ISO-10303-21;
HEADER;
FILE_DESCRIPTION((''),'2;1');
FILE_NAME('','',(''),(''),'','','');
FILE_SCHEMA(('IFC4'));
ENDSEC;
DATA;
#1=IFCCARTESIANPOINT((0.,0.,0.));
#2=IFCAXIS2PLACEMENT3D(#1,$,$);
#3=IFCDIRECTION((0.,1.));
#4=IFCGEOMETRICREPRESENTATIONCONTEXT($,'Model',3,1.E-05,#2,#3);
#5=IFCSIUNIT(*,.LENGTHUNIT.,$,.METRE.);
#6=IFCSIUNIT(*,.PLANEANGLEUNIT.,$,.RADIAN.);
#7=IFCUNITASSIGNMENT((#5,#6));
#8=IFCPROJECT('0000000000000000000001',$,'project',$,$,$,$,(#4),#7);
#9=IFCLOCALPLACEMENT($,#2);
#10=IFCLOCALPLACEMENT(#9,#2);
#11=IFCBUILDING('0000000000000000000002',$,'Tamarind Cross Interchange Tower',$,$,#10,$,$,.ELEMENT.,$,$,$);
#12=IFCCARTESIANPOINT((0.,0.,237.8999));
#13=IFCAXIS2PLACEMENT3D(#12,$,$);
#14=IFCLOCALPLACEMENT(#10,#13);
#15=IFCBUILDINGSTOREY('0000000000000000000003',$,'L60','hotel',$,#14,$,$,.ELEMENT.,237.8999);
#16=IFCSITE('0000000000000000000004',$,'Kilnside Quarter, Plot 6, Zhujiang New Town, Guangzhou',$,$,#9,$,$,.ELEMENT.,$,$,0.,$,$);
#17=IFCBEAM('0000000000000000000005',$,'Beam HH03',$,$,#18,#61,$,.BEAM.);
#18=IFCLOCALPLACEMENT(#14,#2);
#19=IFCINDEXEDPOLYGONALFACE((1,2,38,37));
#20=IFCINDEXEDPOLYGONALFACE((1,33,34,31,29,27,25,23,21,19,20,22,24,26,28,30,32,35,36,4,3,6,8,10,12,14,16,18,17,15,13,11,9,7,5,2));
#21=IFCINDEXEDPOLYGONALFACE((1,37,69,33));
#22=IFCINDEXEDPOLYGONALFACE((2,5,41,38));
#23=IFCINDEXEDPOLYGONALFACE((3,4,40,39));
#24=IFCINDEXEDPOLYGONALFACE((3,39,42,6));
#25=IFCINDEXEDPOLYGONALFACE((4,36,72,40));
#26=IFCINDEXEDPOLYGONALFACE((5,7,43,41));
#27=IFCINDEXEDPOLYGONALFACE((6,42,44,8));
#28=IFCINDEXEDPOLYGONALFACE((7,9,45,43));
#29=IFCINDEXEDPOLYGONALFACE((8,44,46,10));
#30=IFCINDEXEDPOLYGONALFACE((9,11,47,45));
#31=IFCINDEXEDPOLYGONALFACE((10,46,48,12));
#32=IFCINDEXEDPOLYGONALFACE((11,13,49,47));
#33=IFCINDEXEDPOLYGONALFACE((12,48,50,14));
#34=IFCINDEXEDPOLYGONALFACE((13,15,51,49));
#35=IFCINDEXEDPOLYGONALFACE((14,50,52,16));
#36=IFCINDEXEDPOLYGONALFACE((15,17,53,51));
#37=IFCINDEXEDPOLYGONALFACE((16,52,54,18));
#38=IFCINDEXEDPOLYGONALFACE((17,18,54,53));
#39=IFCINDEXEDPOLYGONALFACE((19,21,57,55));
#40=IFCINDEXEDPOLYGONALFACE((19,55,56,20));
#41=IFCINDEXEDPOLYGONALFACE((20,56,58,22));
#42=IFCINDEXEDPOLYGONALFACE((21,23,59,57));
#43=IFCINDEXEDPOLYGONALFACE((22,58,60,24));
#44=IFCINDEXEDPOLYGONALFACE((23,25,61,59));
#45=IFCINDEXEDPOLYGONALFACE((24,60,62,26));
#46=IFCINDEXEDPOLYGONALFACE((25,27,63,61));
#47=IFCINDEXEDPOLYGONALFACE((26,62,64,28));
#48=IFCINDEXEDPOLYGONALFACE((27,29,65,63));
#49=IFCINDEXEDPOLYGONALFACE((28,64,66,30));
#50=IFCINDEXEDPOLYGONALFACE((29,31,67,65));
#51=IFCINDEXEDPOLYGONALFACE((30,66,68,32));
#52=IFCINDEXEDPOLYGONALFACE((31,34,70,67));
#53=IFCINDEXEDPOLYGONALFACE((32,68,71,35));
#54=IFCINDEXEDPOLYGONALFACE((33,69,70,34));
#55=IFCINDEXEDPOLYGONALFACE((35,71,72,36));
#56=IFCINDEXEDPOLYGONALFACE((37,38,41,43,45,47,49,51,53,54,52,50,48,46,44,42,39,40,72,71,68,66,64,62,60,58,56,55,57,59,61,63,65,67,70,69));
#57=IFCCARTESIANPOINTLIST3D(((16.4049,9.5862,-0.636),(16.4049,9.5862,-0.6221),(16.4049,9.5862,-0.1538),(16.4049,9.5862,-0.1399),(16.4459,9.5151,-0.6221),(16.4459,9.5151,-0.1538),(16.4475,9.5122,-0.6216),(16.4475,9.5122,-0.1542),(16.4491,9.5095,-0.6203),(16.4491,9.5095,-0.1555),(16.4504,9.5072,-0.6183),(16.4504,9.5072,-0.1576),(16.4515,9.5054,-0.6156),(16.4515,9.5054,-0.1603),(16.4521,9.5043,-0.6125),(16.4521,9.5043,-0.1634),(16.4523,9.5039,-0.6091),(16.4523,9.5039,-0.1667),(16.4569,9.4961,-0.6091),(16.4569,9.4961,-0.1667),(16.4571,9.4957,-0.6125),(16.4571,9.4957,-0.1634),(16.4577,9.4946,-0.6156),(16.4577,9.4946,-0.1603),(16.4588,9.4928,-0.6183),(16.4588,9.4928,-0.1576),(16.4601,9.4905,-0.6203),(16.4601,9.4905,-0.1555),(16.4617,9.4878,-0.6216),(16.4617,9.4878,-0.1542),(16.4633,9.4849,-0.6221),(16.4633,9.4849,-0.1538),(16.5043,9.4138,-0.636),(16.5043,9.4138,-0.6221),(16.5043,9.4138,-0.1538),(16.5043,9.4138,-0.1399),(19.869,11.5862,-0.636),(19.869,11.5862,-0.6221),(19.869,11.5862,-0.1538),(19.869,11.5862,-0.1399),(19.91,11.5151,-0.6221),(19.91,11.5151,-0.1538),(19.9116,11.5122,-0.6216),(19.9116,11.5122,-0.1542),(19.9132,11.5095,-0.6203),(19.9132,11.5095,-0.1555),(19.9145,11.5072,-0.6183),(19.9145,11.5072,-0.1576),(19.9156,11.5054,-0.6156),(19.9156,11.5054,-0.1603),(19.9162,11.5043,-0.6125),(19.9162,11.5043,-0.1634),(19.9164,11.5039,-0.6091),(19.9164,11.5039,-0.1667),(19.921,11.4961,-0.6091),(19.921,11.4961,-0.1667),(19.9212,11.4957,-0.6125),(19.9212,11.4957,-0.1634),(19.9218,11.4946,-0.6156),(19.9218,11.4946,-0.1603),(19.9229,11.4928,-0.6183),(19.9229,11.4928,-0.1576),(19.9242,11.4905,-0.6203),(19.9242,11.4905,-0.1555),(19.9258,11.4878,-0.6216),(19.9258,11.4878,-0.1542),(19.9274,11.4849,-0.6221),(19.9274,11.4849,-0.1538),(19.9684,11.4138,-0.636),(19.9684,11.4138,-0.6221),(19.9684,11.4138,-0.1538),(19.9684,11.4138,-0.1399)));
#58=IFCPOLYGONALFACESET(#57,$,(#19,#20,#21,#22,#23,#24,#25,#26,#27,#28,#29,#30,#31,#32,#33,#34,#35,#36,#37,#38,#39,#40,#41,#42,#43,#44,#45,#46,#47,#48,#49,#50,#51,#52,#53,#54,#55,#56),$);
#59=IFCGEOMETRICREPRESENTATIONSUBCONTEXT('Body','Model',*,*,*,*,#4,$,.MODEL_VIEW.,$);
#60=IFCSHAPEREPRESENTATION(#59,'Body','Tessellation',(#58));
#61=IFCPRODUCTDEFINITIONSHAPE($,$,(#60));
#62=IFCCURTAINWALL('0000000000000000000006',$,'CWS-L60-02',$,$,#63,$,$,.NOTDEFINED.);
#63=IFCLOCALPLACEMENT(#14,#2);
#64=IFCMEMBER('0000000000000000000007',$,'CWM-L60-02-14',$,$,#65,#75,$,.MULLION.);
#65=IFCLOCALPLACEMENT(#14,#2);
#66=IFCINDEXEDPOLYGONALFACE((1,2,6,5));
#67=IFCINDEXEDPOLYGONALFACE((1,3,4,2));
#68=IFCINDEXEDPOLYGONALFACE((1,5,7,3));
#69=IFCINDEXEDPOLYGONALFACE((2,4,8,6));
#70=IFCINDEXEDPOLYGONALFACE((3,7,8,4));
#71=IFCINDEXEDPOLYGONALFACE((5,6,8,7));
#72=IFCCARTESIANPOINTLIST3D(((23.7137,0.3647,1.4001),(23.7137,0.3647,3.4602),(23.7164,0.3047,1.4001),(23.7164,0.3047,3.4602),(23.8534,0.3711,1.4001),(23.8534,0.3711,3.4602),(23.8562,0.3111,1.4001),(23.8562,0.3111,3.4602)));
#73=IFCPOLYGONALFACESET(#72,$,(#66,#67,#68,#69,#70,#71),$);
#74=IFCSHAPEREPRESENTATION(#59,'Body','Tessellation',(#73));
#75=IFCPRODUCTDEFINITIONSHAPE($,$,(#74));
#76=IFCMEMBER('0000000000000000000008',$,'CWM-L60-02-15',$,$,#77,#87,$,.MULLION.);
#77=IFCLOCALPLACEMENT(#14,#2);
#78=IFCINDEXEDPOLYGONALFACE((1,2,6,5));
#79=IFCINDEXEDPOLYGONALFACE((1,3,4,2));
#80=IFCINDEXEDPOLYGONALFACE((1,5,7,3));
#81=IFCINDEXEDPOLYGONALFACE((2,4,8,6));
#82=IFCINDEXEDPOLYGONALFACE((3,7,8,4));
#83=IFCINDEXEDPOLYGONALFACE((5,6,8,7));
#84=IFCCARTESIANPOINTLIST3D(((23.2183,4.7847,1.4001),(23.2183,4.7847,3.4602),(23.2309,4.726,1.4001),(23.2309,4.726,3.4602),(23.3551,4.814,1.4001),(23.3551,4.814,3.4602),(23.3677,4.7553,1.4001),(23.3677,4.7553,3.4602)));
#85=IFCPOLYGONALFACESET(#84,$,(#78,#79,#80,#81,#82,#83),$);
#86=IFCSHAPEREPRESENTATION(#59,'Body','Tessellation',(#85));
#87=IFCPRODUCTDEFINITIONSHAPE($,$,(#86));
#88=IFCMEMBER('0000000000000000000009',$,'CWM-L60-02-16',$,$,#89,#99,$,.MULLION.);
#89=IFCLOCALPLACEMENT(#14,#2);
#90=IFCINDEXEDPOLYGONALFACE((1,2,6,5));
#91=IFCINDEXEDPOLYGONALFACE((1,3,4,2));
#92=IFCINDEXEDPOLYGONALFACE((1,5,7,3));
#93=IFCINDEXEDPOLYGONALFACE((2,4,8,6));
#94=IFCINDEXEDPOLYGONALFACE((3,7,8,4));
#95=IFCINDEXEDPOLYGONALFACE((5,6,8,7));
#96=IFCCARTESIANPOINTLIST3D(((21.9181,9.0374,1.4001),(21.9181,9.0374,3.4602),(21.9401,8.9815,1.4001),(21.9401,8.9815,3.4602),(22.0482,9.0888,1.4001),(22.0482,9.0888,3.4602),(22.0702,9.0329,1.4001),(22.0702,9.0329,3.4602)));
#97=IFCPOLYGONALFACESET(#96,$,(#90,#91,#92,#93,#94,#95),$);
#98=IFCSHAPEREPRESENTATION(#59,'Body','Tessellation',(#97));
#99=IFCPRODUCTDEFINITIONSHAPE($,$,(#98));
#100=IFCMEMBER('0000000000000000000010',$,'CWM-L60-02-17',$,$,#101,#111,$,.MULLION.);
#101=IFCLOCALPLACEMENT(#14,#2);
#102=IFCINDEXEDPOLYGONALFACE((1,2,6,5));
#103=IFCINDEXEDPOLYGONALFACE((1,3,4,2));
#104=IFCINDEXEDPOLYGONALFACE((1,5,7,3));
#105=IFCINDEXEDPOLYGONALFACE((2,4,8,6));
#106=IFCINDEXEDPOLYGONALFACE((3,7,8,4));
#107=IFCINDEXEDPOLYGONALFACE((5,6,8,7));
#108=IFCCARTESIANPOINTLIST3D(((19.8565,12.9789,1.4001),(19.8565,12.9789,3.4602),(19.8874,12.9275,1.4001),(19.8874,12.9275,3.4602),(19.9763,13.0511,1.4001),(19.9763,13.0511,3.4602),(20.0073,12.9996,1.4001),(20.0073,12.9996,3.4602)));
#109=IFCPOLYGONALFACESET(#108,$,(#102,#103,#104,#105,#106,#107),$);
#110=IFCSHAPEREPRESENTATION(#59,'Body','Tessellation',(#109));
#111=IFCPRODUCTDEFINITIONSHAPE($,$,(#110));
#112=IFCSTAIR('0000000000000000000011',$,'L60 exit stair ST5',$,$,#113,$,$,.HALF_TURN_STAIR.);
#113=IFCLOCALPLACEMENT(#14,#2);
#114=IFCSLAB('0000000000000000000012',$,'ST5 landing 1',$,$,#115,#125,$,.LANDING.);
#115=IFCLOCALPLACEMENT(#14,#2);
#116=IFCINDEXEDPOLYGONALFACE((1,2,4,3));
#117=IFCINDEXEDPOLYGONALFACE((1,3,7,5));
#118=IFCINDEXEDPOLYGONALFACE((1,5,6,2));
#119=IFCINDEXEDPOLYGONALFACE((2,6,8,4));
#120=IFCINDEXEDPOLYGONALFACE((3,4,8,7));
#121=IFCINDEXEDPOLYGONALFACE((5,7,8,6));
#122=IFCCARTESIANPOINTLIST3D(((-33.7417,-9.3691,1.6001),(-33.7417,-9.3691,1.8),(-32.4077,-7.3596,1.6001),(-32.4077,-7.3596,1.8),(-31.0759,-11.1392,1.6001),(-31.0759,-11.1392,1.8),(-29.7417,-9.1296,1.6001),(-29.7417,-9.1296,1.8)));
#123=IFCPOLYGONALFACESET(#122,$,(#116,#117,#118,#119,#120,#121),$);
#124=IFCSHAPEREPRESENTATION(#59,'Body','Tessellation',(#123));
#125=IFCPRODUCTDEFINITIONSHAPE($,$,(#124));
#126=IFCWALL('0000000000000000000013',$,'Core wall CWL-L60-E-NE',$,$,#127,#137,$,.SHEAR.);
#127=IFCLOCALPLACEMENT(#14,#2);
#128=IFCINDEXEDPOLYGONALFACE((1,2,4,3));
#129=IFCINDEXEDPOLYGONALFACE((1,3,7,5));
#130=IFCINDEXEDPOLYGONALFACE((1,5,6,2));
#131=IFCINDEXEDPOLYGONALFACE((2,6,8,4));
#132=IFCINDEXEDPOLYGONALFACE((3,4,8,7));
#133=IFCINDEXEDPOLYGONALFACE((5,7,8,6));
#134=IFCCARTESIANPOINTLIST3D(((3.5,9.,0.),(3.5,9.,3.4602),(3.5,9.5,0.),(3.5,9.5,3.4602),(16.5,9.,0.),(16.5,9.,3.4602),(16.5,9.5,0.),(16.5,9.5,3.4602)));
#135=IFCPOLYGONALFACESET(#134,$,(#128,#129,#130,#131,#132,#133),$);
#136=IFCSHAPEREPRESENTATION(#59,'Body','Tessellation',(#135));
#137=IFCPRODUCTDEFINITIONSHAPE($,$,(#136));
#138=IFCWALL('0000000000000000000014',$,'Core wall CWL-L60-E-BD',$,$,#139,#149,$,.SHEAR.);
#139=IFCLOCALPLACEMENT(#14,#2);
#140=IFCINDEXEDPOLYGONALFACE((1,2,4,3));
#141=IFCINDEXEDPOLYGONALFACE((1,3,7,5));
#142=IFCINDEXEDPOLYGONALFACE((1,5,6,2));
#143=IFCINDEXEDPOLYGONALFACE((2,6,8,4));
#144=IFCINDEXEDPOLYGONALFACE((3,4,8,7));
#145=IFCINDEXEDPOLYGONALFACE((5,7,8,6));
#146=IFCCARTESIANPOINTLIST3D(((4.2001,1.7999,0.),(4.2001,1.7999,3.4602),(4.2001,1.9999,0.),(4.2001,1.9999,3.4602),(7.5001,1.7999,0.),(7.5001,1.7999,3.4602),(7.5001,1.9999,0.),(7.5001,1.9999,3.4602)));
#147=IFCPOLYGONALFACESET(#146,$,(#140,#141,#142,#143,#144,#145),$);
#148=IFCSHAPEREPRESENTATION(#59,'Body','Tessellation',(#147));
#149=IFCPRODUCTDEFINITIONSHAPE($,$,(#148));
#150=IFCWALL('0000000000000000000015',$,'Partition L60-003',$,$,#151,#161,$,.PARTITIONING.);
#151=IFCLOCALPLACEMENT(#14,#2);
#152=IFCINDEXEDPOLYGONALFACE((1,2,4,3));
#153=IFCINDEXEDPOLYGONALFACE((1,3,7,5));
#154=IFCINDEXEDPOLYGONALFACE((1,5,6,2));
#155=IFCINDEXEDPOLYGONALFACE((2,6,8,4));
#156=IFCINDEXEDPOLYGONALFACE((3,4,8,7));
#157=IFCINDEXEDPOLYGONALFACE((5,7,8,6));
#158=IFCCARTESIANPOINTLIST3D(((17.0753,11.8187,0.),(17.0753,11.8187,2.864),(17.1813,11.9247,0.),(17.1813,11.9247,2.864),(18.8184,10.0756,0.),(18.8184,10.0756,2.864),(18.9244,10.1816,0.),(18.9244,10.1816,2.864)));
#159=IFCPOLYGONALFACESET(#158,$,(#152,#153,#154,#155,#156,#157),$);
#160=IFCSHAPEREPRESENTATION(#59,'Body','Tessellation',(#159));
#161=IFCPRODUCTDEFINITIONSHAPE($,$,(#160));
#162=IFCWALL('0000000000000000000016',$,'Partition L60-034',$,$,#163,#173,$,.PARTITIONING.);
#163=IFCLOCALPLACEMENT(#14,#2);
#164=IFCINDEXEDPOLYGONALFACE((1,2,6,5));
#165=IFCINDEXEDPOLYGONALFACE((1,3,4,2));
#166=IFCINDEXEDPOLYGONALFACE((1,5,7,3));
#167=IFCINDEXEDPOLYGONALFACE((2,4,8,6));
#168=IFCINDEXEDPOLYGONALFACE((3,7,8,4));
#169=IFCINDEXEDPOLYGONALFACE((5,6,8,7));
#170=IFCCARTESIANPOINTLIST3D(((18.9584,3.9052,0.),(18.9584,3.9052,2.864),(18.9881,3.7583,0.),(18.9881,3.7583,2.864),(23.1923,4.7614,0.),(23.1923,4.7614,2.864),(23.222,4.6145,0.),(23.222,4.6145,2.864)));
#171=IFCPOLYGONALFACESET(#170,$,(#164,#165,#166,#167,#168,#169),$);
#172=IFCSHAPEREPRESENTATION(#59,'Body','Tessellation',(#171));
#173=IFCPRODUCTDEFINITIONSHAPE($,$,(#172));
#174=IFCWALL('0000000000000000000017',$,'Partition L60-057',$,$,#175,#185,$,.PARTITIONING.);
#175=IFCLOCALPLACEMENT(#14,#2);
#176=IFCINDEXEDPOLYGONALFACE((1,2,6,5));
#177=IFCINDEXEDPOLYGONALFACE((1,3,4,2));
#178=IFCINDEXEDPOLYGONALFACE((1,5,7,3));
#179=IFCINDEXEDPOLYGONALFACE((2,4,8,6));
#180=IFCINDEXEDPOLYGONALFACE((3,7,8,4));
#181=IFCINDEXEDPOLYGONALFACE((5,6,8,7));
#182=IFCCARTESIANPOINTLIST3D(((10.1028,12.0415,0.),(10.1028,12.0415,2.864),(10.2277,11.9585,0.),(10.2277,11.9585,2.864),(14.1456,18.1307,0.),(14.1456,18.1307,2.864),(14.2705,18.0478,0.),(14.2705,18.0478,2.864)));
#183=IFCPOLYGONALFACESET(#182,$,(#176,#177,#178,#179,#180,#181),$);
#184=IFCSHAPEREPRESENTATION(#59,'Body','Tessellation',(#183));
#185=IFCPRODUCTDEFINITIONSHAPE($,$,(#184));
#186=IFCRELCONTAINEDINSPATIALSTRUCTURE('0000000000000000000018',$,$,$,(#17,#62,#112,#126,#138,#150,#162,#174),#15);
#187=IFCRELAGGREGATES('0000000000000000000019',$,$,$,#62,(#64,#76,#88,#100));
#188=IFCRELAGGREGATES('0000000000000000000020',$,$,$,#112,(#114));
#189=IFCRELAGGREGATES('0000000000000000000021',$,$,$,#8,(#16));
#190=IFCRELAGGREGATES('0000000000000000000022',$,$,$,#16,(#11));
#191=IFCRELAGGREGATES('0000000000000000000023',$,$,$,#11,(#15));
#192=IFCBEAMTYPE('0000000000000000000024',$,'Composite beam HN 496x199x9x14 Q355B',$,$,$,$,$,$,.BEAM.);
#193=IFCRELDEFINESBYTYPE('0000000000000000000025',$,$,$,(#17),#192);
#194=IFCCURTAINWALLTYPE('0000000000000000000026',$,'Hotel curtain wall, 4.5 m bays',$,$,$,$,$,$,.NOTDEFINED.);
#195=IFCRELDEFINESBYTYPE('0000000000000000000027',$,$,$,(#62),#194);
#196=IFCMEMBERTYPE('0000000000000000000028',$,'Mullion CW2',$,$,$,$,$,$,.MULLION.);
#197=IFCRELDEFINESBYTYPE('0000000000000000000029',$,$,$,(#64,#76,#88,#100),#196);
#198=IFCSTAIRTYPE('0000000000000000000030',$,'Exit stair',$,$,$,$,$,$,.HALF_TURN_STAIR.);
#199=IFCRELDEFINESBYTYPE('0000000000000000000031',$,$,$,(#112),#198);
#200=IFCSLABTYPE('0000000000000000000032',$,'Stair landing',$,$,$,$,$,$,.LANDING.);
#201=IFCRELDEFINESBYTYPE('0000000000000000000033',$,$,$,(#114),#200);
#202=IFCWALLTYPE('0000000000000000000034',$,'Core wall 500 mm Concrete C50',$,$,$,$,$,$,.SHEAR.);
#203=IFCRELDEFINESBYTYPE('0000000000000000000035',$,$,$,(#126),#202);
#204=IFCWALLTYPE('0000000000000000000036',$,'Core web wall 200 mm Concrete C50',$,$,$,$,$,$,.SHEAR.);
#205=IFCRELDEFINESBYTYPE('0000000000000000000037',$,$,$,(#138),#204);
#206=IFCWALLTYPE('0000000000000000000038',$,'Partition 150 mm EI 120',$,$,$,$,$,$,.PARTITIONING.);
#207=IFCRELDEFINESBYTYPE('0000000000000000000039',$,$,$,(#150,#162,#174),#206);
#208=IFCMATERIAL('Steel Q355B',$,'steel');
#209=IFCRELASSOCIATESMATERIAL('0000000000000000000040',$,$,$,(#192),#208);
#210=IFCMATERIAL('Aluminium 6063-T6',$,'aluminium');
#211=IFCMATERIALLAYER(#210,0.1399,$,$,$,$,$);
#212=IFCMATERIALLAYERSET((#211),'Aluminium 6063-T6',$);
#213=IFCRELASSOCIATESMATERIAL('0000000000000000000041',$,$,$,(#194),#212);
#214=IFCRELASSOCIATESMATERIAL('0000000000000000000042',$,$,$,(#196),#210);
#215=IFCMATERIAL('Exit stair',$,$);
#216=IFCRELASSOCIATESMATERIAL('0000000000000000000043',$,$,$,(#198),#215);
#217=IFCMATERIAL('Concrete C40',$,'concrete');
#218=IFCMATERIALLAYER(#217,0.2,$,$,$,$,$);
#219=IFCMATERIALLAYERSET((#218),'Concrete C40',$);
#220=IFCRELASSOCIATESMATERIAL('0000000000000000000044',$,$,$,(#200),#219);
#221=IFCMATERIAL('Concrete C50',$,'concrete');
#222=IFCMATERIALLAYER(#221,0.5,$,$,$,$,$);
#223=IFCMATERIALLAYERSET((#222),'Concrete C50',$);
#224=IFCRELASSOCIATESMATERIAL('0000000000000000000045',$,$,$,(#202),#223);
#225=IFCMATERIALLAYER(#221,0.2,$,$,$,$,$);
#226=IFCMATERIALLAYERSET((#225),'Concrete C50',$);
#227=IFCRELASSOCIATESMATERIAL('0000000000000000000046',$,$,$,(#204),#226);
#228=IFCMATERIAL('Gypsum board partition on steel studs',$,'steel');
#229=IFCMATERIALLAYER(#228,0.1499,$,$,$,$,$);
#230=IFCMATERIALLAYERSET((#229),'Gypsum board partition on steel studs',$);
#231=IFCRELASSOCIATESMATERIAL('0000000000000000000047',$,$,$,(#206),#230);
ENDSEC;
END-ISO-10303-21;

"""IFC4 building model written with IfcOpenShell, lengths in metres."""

from ifc_helpers import new_model, si_unit, direction, frame, frame_2d, origin, origin_2d, place, context, subcontext, project, spatial, polyline, rectangle, i_section, outline, extrude, material, layer, layer_set, material_profile, profile_set, type_object, element, aggregate, save


model = new_model("IFC4")

# Units and contexts
model_context = context("Model", 3, precision=1e-05, world=origin(), true_north=direction((0.0, 1.0)))
body_context = subcontext(model_context, "Body", "Model", "MODEL_VIEW")
ifc_project = project(units=[si_unit("LENGTHUNIT", "METRE"), si_unit("PLANEANGLEUNIT", "RADIAN")], contexts=[model_context])

# Site, building, storey
site_placement = place(None, origin())
site = spatial("IfcSite", under=ifc_project, at=site_placement, Name="Kilnside Quarter, Plot 6, Zhujiang New Town, Guangzhou", CompositionType="ELEMENT", RefElevation=0.0)
building_placement = place(site_placement, origin())
building = spatial("IfcBuilding", under=site, at=building_placement, Name="Tamarind Cross Interchange Tower", CompositionType="ELEMENT")
storey_placement = place(building_placement, frame((0.0, 0.0, 237.8999)))
storey = spatial("IfcBuildingStorey", under=building, at=storey_placement, Name="L60", Description="hotel", CompositionType="ELEMENT", Elevation=237.8999)

# Shared definitions
ifc_material_1 = material(Name="Concrete C50", Category="concrete")

# Beam
ifc_material_2 = material(Name="Steel Q355B", Category="steel")
ifc_material_profile_1 = material_profile(ifc_material_2, i_section(OverallWidth=0.199, OverallDepth=0.4961, WebThickness=0.009, FlangeThickness=0.0139, FilletRadius=0.0129, at=origin_2d()), Name="HN 496x199x9x14")
ifc_profile_set_1 = profile_set([ifc_material_profile_1], Name="Steel Q355B")
beam_type = type_object("IfcBeamType", Name="Composite beam HN 496x199x9x14 Q355B", PredefinedType="BEAM", material=ifc_profile_set_1)
beam_1_placement = place(storey_placement, frame((19.9187, 11.5, -0.3879), z_axis=(-0.866026, -0.499999, 0.0), x_axis=(0.499999, -0.866026, 0.0)))
element("IfcBeam", 1, at=beam_1_placement, inside=storey, type_object=beam_type, Name="Beam HH03", PredefinedType="BEAM", context=body_context, shape_type="SweptSolid", body=[
    extrude(i_section(OverallWidth=0.199, OverallDepth=0.4961, WebThickness=0.009, FlangeThickness=0.0139, FilletRadius=0.0129, at=origin_2d()), origin(), (0.0, 0.0, 1.0), 4.0),
])

# Curtain wall, members
ifc_material_3 = material(Name="Aluminium 6063-T6", Category="aluminium")
ifc_layer_1 = layer(ifc_material_3, 0.1399)
ifc_layer_set_1 = layer_set([ifc_layer_1], Name="Aluminium 6063-T6")
curtain_wall_type = type_object("IfcCurtainWallType", Name="Hotel curtain wall, 4.5 m bays", PredefinedType="NOTDEFINED", material=ifc_layer_set_1)
curtain_wall_placement = place(storey_placement, origin())
curtain_wall = element("IfcCurtainWall", 2, at=curtain_wall_placement, inside=storey, type_object=curtain_wall_type, Name="CWS-L60-02", PredefinedType="NOTDEFINED")
ifc_material_profile_2 = material_profile(ifc_material_3, rectangle(XDim=0.0601, YDim=0.1399, at=origin_2d()), Name="Mullion CW2")
ifc_profile_set_2 = profile_set([ifc_material_profile_2], Name="Aluminium 6063-T6")
member_type = type_object("IfcMemberType", Name="Mullion CW2", PredefinedType="MULLION", material=ifc_profile_set_2)
member_1_placement = place(storey_placement, frame((23.7849, 0.3379, 1.4001), z_axis=(0.0, 0.0, 1.0), x_axis=(-0.045624, 0.998959, 0.0)))
member_1 = element("IfcMember", 3, at=member_1_placement, type_object=member_type, Name="CWM-L60-02-14", PredefinedType="MULLION", context=body_context, shape_type="SweptSolid", body=[
    extrude(rectangle(XDim=0.0601, YDim=0.1399, at=origin_2d()), origin(), (0.0, 0.0, 1.0), 2.0601),
])
member_2_placement = place(storey_placement, frame((23.293, 4.77, 1.4001), z_axis=(0.0, 0.0, 1.0), x_axis=(-0.209425, 0.977825, 0.0)))
member_2 = element("IfcMember", 4, at=member_2_placement, type_object=member_type, Name="CWM-L60-02-15", PredefinedType="MULLION", context=body_context, shape_type="SweptSolid", body=[
    extrude(rectangle(XDim=0.0601, YDim=0.1399, at=origin_2d()), origin(), (0.0, 0.0, 1.0), 2.0601),
])
member_3_placement = place(storey_placement, frame((21.9941, 9.0352, 1.4001), z_axis=(0.0, 0.0, 1.0), x_axis=(-0.367514, 0.930018, 0.0)))
member_3 = element("IfcMember", 5, at=member_3_placement, type_object=member_type, Name="CWM-L60-02-16", PredefinedType="MULLION", context=body_context, shape_type="SweptSolid", body=[
    extrude(rectangle(XDim=0.0601, YDim=0.1399, at=origin_2d()), origin(), (0.0, 0.0, 1.0), 2.0601),
])
member_4_placement = place(storey_placement, frame((19.9319, 12.9893, 1.4001), z_axis=(0.0, 0.0, 1.0), x_axis=(-0.515577, 0.856843, 0.0)))
member_4 = element("IfcMember", 6, at=member_4_placement, type_object=member_type, Name="CWM-L60-02-17", PredefinedType="MULLION", context=body_context, shape_type="SweptSolid", body=[
    extrude(rectangle(XDim=0.0601, YDim=0.1399, at=origin_2d()), origin(), (0.0, 0.0, 1.0), 2.0601),
])
aggregate(curtain_wall, [member_1, member_2, member_3, member_4])

# Stair, slab
ifc_material_4 = material(Name="Exit stair")
stair_type = type_object("IfcStairType", Name="Exit stair", PredefinedType="HALF_TURN_STAIR", material=ifc_material_4)
stair_placement = place(storey_placement, origin())
stair = element("IfcStair", 7, at=stair_placement, inside=storey, type_object=stair_type, Name="L60 exit stair ST5", PredefinedType="HALF_TURN_STAIR")
ifc_material_5 = material(Name="Concrete C40", Category="concrete")
ifc_layer_2 = layer(ifc_material_5, 0.2)
ifc_layer_set_2 = layer_set([ifc_layer_2], Name="Concrete C40")
slab_type = type_object("IfcSlabType", Name="Stair landing", PredefinedType="LANDING", material=ifc_layer_set_2)
slab_placement = place(storey_placement, frame((0.0, 0.0, 1.6001)))
slab = element("IfcSlab", 8, at=slab_placement, type_object=slab_type, Name="ST5 landing 1", PredefinedType="LANDING", context=body_context, shape_type="SweptSolid", body=[
    extrude(outline(polyline([(-32.4077, -7.3596), (-33.7417, -9.3691), (-31.0759, -11.1392), (-29.7417, -9.1296), (-32.4077, -7.3596)])), origin(), (0.0, 0.0, 1.0), 0.2),
])
aggregate(stair, [slab])

# Walls
ifc_layer_3 = layer(ifc_material_1, 0.5)
ifc_layer_set_3 = layer_set([ifc_layer_3], Name="Concrete C50")
wall_type_1 = type_object("IfcWallType", Name="Core wall 500 mm Concrete C50", PredefinedType="SHEAR", material=ifc_layer_set_3)
wall_1_placement = place(storey_placement, frame((16.5, 9.25, 0.0), z_axis=(0.0, 0.0, 1.0), x_axis=(-1.0, 0.0, 0.0)))
element("IfcWall", 9, at=wall_1_placement, inside=storey, type_object=wall_type_1, Name="Core wall CWL-L60-E-NE", PredefinedType="SHEAR", context=body_context, shape_type="SweptSolid", body=[
    extrude(rectangle(XDim=13.0, YDim=0.5, at=frame_2d((6.5, 0.0))), origin(), (0.0, 0.0, 1.0), 3.4602),
])
ifc_layer_4 = layer(ifc_material_1, 0.2)
ifc_layer_set_4 = layer_set([ifc_layer_4], Name="Concrete C50")
wall_type_2 = type_object("IfcWallType", Name="Core web wall 200 mm Concrete C50", PredefinedType="SHEAR", material=ifc_layer_set_4)
wall_2_placement = place(storey_placement, frame((7.5, 1.8999, 0.0), z_axis=(0.0, 0.0, 1.0), x_axis=(-1.0, 0.0, 0.0)))
element("IfcWall", 10, at=wall_2_placement, inside=storey, type_object=wall_type_2, Name="Core wall CWL-L60-E-BD", PredefinedType="SHEAR", context=body_context, shape_type="SweptSolid", body=[
    extrude(rectangle(XDim=3.3, YDim=0.2, at=frame_2d((1.6499, 0.0))), origin(), (0.0, 0.0, 1.0), 3.4602),
])
ifc_material_6 = material(Name="Gypsum board partition on steel studs", Category="steel")
ifc_layer_5 = layer(ifc_material_6, 0.1499)
ifc_layer_set_5 = layer_set([ifc_layer_5], Name="Gypsum board partition on steel studs")
wall_type_3 = type_object("IfcWallType", Name="Partition 150 mm EI 120", PredefinedType="PARTITIONING", material=ifc_layer_set_5)
wall_3_placement = place(storey_placement, frame((17.1284, 11.8716, 0.0), z_axis=(0.0, 0.0, 1.0), x_axis=(0.707107, -0.707107, 0.0)))
element("IfcWall", 11, at=wall_3_placement, inside=storey, type_object=wall_type_3, Name="Partition L60-003", PredefinedType="PARTITIONING", context=body_context, shape_type="SweptSolid", body=[
    extrude(rectangle(XDim=2.4651, YDim=0.1499, at=frame_2d((1.2324, 0.0))), origin(), (0.0, 0.0, 1.0), 2.864),
])
wall_4_placement = place(storey_placement, frame((18.9734, 3.8318, 0.0), z_axis=(0.0, 0.0, 1.0), x_axis=(0.980159, 0.198213, 0.0)))
element("IfcWall", 12, at=wall_4_placement, inside=storey, type_object=wall_type_3, Name="Partition L60-034", PredefinedType="PARTITIONING", context=body_context, shape_type="SweptSolid", body=[
    extrude(rectangle(XDim=4.3196, YDim=0.1499, at=frame_2d((2.1597, 0.0))), origin(), (0.0, 0.0, 1.0), 2.864),
])
wall_5_placement = place(storey_placement, frame((10.1653, 12.0, 0.0), z_axis=(0.0, 0.0, 1.0), x_axis=(0.553119, 0.833102, 0.0)))
element("IfcWall", 13, at=wall_5_placement, inside=storey, type_object=wall_type_3, Name="Partition L60-057", PredefinedType="PARTITIONING", context=body_context, shape_type="SweptSolid", body=[
    extrude(rectangle(XDim=7.3091, YDim=0.1499, at=frame_2d((3.6545, 0.0))), origin(), (0.0, 0.0, 1.0), 2.864),
])

save(model, "model.ifc")
